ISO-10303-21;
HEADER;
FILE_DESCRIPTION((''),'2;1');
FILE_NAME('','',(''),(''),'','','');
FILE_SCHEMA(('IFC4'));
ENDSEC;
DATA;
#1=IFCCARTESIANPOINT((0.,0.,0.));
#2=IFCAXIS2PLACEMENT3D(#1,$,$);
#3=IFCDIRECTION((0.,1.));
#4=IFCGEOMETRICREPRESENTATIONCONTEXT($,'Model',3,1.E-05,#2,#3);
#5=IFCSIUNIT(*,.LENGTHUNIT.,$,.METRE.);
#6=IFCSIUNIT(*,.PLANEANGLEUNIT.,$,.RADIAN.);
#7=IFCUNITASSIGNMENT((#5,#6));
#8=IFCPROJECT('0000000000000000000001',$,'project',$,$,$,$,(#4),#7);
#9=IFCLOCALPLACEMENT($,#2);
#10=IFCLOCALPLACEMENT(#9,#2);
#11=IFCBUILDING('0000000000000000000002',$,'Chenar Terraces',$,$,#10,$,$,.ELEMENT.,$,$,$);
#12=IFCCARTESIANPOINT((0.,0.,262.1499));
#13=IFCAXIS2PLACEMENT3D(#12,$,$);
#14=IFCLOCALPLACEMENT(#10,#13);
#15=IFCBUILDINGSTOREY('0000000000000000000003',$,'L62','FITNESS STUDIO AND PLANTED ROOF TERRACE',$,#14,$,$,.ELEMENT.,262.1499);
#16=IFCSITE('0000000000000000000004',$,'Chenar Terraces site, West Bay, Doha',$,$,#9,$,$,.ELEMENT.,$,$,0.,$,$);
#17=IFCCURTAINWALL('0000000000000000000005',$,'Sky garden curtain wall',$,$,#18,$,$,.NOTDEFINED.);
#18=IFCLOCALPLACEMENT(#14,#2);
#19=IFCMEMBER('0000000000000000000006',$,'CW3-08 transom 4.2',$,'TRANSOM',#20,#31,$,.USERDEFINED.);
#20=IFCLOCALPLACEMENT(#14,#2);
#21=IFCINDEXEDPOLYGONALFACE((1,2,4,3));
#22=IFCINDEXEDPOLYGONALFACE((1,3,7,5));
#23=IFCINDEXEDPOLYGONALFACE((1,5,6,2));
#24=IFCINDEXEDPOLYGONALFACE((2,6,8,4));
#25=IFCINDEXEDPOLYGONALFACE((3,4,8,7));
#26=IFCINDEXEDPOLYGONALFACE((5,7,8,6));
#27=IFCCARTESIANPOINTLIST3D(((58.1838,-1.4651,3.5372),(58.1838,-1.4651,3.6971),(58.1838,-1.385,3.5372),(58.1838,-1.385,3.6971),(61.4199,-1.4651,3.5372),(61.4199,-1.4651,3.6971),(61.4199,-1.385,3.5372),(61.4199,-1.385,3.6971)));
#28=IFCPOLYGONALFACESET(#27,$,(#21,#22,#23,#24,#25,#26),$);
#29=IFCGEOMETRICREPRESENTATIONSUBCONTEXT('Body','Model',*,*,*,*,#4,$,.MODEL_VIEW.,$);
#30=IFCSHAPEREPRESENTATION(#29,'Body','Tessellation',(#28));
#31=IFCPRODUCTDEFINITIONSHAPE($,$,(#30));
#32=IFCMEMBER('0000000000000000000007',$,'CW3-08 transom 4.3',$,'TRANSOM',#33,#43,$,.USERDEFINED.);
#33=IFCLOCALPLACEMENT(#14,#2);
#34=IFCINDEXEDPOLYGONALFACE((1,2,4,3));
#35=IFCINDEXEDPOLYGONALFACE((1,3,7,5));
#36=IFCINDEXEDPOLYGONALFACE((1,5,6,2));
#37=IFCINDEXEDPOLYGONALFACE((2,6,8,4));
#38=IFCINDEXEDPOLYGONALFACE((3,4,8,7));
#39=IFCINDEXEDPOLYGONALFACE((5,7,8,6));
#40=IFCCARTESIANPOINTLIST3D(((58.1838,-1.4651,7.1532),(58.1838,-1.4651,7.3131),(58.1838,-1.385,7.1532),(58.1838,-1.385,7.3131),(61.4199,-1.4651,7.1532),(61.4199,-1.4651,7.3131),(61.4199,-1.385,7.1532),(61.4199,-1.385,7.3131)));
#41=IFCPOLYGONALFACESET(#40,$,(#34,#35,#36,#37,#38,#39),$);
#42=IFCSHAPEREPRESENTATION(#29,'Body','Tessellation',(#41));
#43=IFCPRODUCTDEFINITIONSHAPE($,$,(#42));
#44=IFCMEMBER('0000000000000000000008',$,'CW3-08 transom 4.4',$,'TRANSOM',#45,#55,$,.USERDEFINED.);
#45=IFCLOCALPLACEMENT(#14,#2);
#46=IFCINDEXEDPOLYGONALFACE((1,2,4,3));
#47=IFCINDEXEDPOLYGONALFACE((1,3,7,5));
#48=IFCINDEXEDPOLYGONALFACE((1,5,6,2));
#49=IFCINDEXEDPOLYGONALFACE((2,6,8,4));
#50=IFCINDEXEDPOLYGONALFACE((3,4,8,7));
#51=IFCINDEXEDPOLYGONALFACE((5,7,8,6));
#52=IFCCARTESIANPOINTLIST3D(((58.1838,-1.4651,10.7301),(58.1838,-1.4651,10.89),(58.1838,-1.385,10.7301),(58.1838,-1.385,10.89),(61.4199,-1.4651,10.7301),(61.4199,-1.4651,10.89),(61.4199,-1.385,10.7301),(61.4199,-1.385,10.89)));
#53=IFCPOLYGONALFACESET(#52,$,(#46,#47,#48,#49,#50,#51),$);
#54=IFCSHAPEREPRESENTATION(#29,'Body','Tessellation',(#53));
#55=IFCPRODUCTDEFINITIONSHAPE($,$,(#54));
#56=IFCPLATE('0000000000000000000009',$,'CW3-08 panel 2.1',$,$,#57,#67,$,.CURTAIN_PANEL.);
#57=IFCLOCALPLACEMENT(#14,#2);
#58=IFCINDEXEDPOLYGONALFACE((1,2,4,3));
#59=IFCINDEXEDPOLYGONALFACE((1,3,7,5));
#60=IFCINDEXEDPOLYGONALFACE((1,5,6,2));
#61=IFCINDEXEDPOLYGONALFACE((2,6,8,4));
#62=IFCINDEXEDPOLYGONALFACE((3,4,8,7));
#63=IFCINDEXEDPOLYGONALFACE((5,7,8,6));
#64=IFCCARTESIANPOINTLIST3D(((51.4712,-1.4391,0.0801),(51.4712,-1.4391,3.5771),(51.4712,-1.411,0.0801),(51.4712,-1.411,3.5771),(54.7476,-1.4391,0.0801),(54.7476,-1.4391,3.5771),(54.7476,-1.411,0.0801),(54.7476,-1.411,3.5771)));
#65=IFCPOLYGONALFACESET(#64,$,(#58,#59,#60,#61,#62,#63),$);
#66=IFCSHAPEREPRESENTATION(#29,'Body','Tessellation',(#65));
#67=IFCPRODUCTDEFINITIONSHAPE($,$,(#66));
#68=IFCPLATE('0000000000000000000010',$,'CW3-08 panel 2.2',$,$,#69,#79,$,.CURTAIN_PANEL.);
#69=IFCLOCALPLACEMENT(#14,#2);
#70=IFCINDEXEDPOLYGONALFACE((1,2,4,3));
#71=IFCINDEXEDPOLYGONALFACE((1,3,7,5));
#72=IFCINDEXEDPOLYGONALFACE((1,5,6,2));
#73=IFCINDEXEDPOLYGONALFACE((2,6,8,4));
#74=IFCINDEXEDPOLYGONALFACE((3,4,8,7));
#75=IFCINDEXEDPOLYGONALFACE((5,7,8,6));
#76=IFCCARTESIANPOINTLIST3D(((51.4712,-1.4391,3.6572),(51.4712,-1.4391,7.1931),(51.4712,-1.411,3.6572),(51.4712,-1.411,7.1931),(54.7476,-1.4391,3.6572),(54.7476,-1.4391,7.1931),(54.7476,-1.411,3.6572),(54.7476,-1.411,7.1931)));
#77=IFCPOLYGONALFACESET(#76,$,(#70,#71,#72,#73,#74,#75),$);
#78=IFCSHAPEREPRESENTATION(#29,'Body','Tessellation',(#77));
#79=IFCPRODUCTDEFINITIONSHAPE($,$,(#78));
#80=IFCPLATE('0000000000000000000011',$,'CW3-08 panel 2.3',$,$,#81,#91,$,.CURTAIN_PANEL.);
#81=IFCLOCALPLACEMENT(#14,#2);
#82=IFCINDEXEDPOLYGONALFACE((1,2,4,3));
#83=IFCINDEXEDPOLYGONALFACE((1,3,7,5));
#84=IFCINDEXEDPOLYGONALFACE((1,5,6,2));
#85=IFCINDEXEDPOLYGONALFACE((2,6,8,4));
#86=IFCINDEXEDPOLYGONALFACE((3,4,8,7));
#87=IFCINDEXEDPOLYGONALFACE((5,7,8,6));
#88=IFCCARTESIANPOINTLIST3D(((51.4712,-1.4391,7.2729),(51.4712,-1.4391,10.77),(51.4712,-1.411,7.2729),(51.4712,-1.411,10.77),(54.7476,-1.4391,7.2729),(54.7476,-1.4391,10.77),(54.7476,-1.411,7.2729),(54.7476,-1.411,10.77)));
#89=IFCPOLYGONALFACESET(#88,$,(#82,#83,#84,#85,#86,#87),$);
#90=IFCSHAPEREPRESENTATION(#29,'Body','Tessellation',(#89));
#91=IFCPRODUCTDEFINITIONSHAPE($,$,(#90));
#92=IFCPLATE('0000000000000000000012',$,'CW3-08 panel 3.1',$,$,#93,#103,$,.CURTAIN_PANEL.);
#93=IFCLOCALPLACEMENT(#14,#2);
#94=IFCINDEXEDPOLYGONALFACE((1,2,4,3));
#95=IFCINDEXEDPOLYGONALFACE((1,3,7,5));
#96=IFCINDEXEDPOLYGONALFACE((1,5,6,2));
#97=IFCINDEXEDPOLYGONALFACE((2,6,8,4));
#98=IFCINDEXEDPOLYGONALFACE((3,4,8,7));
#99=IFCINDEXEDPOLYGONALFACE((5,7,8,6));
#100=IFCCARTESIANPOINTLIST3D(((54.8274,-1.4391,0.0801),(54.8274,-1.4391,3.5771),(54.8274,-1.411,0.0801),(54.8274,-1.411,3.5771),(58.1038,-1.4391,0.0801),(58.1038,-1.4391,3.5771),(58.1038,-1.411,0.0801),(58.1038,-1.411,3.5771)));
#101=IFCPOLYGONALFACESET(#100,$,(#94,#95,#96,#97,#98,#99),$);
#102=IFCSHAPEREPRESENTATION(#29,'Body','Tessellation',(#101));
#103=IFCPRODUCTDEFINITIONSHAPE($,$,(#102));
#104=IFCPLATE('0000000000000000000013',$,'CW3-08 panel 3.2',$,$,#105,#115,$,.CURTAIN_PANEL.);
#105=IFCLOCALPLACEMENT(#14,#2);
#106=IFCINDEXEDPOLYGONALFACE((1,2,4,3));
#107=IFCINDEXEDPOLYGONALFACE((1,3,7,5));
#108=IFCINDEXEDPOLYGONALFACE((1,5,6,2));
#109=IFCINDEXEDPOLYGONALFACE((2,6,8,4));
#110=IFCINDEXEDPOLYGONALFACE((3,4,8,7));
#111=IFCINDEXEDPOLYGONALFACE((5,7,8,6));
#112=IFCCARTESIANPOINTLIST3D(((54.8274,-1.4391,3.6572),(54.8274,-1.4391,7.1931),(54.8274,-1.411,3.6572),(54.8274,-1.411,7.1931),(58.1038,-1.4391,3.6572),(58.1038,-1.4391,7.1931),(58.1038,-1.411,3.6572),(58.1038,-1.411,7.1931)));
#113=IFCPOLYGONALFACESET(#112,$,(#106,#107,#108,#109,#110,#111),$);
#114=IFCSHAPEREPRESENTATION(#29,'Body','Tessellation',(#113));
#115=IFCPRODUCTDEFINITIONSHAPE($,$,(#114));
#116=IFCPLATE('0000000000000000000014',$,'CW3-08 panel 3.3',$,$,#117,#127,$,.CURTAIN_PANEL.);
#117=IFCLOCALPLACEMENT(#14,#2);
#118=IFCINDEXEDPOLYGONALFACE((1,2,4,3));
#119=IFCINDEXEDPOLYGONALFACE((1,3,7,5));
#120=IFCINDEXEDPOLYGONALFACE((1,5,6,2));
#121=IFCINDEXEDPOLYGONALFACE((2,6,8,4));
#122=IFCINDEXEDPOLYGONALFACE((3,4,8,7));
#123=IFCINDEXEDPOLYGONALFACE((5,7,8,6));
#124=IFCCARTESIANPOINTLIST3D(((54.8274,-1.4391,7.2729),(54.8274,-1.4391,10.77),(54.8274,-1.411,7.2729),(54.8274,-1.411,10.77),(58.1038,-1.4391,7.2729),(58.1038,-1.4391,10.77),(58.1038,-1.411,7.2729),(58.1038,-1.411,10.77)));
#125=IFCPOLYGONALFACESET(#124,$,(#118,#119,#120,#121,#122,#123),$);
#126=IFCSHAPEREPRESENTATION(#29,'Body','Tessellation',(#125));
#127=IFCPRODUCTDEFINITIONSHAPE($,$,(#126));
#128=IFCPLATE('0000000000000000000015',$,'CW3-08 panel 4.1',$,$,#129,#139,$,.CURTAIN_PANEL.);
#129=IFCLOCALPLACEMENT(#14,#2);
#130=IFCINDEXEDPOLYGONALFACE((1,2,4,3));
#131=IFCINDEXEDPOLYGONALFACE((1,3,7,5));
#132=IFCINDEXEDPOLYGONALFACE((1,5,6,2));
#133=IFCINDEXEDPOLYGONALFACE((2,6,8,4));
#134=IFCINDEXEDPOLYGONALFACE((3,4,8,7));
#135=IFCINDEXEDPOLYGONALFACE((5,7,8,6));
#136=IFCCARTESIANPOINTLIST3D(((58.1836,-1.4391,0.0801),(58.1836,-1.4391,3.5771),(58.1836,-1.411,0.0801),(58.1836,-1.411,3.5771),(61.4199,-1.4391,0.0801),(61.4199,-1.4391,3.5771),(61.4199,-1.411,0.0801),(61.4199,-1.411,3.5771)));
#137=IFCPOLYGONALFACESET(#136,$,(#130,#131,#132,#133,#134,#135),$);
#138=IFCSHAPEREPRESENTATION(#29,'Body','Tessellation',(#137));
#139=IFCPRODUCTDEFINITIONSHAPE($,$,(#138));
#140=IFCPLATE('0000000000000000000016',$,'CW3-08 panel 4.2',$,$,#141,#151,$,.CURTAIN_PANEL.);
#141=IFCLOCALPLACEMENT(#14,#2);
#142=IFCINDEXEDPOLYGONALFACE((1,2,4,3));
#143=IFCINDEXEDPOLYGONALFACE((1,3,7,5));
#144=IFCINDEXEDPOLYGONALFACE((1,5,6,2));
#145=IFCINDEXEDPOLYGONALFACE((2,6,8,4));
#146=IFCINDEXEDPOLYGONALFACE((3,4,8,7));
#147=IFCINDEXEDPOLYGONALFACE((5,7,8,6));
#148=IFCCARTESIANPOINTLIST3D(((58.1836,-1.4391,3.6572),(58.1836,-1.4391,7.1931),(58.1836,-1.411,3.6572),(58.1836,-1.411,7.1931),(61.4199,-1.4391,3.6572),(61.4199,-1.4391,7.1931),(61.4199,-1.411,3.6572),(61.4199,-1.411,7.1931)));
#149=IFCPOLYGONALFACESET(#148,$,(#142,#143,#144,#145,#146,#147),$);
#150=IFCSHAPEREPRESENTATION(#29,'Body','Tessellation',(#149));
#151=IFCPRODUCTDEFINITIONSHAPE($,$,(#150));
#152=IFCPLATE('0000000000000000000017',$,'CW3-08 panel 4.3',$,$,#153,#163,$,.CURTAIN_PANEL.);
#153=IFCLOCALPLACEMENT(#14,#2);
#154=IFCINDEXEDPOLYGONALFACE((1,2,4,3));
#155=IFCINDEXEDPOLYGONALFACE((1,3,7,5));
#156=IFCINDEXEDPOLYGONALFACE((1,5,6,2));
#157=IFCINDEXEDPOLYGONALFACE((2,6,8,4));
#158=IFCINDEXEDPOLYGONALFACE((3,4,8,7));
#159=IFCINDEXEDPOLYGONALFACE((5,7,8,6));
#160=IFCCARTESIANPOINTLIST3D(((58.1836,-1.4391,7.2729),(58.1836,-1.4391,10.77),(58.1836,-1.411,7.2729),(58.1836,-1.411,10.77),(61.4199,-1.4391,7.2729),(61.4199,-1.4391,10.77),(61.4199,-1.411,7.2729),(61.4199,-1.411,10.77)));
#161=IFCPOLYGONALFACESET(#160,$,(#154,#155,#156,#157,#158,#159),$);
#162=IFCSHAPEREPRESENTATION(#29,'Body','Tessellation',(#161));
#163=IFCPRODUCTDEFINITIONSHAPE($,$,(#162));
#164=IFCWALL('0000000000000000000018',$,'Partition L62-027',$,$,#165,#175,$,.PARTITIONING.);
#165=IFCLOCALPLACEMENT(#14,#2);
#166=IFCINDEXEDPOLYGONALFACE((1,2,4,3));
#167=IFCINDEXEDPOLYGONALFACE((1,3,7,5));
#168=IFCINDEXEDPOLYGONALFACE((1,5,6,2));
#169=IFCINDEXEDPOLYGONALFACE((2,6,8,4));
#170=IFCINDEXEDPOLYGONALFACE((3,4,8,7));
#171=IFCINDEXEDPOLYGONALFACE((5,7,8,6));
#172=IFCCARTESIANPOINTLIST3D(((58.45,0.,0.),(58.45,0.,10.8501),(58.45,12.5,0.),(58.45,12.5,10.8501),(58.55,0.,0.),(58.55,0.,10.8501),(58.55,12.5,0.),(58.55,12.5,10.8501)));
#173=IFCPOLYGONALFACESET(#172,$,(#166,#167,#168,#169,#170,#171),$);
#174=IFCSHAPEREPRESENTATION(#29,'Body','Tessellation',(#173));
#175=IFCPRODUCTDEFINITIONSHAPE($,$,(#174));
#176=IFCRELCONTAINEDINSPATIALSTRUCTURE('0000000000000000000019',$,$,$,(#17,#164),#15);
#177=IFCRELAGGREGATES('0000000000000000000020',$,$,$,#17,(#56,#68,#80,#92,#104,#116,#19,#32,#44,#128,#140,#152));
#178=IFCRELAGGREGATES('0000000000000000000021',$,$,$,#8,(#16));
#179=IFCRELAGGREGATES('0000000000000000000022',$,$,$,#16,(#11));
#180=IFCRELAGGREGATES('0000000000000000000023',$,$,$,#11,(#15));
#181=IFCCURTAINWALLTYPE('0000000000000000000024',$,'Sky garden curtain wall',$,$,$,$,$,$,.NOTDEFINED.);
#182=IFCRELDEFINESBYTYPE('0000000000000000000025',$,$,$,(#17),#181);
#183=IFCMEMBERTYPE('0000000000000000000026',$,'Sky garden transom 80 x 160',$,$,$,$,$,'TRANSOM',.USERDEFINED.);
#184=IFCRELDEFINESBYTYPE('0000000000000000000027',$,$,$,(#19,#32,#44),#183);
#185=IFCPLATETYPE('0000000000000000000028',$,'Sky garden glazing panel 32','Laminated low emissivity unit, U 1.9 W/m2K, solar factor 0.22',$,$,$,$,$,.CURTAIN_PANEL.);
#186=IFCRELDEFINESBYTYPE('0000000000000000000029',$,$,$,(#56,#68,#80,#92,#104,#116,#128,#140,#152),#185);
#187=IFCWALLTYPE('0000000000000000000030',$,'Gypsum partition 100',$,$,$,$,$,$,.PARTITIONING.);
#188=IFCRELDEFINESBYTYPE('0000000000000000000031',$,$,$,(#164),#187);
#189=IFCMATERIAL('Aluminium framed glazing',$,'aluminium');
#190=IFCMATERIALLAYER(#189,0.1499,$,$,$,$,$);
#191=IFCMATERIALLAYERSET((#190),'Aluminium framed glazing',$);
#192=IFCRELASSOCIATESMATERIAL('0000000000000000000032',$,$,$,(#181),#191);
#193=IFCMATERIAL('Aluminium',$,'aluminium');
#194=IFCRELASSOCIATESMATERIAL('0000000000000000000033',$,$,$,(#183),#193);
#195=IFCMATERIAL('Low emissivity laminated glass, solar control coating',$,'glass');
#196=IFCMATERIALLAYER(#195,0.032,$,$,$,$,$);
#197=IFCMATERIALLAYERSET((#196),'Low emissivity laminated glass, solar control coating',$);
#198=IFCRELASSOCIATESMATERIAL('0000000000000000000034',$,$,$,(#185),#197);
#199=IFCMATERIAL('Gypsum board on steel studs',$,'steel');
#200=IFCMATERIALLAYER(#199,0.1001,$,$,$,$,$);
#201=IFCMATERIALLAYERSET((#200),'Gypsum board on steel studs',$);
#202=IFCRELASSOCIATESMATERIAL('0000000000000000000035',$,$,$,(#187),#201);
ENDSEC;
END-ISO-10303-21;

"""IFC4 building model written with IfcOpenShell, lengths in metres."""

from ifc_helpers import new_model, si_unit, direction, frame, frame_2d, origin, origin_2d, place, context, subcontext, project, spatial, rectangle, extrude, material, layer, layer_set, material_profile, profile_set, type_object, element, aggregate, save


model = new_model("IFC4")

# Units and contexts
model_context = context("Model", 3, precision=1e-05, world=origin(), true_north=direction((0.0, 1.0)))
body_context = subcontext(model_context, "Body", "Model", "MODEL_VIEW")
ifc_project = project(units=[si_unit("LENGTHUNIT", "METRE"), si_unit("PLANEANGLEUNIT", "RADIAN")], contexts=[model_context])

# Site, building, storey
site_placement = place(None, origin())
site = spatial("IfcSite", under=ifc_project, at=site_placement, Name="Chenar Terraces site, West Bay, Doha", CompositionType="ELEMENT", RefElevation=0.0)
building_placement = place(site_placement, origin())
building = spatial("IfcBuilding", under=site, at=building_placement, Name="Chenar Terraces", CompositionType="ELEMENT")
storey_placement = place(building_placement, frame((0.0, 0.0, 262.1499)))
storey = spatial("IfcBuildingStorey", under=building, at=storey_placement, Name="L62", Description="FITNESS STUDIO AND PLANTED ROOF TERRACE", CompositionType="ELEMENT", Elevation=262.1499)

# Curtain wall, members, plates
ifc_material_1 = material(Name="Aluminium framed glazing", Category="aluminium")
ifc_layer_1 = layer(ifc_material_1, 0.1499)
ifc_layer_set_1 = layer_set([ifc_layer_1], Name="Aluminium framed glazing")
curtain_wall_type = type_object("IfcCurtainWallType", Name="Sky garden curtain wall", PredefinedType="NOTDEFINED", material=ifc_layer_set_1)
curtain_wall_placement = place(storey_placement, origin())
curtain_wall = element("IfcCurtainWall", 1, at=curtain_wall_placement, inside=storey, type_object=curtain_wall_type, Name="Sky garden curtain wall", PredefinedType="NOTDEFINED")
ifc_material_2 = material(Name="Aluminium", Category="aluminium")
ifc_material_profile_1 = material_profile(ifc_material_2, rectangle(XDim=0.0801, YDim=0.1599, at=origin_2d()), Name="Sky garden transom 80 x 160")
ifc_profile_set_1 = profile_set([ifc_material_profile_1], Name="Aluminium")
member_type_1 = type_object("IfcMemberType", Name="Sky garden transom 80 x 160", ElementType="TRANSOM", PredefinedType="USERDEFINED", material=ifc_profile_set_1)
member_1_placement = place(storey_placement, frame((58.1838, -1.425, 3.6172), z_axis=(1.0, 0.0, 0.0), x_axis=(0.0, 1.0, 0.0)))
member_1 = element("IfcMember", 2, at=member_1_placement, type_object=member_type_1, Name="CW3-08 transom 4.2", ObjectType="TRANSOM", PredefinedType="USERDEFINED", context=body_context, shape_type="SweptSolid", body=[
    extrude(rectangle(XDim=0.0801, YDim=0.1599, at=origin_2d()), origin(), (0.0, 0.0, 1.0), 3.2361),
])
member_2_placement = place(storey_placement, frame((58.1838, -1.425, 7.2332), z_axis=(1.0, 0.0, 0.0), x_axis=(0.0, 1.0, 0.0)))
member_2 = element("IfcMember", 3, at=member_2_placement, type_object=member_type_1, Name="CW3-08 transom 4.3", ObjectType="TRANSOM", PredefinedType="USERDEFINED", context=body_context, shape_type="SweptSolid", body=[
    extrude(rectangle(XDim=0.0801, YDim=0.1599, at=origin_2d()), origin(), (0.0, 0.0, 1.0), 3.2361),
])
member_3_placement = place(storey_placement, frame((58.1838, -1.425, 10.8101), z_axis=(1.0, 0.0, 0.0), x_axis=(0.0, 1.0, 0.0)))
member_3 = element("IfcMember", 4, at=member_3_placement, type_object=member_type_1, Name="CW3-08 transom 4.4", ObjectType="TRANSOM", PredefinedType="USERDEFINED", context=body_context, shape_type="SweptSolid", body=[
    extrude(rectangle(XDim=0.0801, YDim=0.1599, at=origin_2d()), origin(), (0.0, 0.0, 1.0), 3.2361),
])
ifc_material_3 = material(Name="Low emissivity laminated glass, solar control coating", Category="glass")
ifc_layer_2 = layer(ifc_material_3, 0.032)
ifc_layer_set_2 = layer_set([ifc_layer_2], Name="Low emissivity laminated glass, solar control coating")
plate_type = type_object("IfcPlateType", Name="Sky garden glazing panel 32", Description="Laminated low emissivity unit, U 1.9 W/m2K, solar factor 0.22", PredefinedType="CURTAIN_PANEL", material=ifc_layer_set_2)
plate_1_placement = place(storey_placement, frame((53.1094, -1.425, 0.0801), z_axis=(0.0, 0.0, 1.0), x_axis=(1.0, 0.0, 0.0)))
plate_1 = element("IfcPlate", 5, at=plate_1_placement, type_object=plate_type, Name="CW3-08 panel 2.1", PredefinedType="CURTAIN_PANEL", context=body_context, shape_type="SweptSolid", body=[
    extrude(rectangle(XDim=3.2764, YDim=0.0281, at=origin_2d()), origin(), (0.0, 0.0, 1.0), 3.4971),
])
plate_2_placement = place(storey_placement, frame((53.1094, -1.425, 3.6572), z_axis=(0.0, 0.0, 1.0), x_axis=(1.0, 0.0, 0.0)))
plate_2 = element("IfcPlate", 6, at=plate_2_placement, type_object=plate_type, Name="CW3-08 panel 2.2", PredefinedType="CURTAIN_PANEL", context=body_context, shape_type="SweptSolid", body=[
    extrude(rectangle(XDim=3.2764, YDim=0.0281, at=origin_2d()), origin(), (0.0, 0.0, 1.0), 3.5359),
])
plate_3_placement = place(storey_placement, frame((53.1094, -1.425, 7.2729), z_axis=(0.0, 0.0, 1.0), x_axis=(1.0, 0.0, 0.0)))
plate_3 = element("IfcPlate", 7, at=plate_3_placement, type_object=plate_type, Name="CW3-08 panel 2.3", PredefinedType="CURTAIN_PANEL", context=body_context, shape_type="SweptSolid", body=[
    extrude(rectangle(XDim=3.2764, YDim=0.0281, at=origin_2d()), origin(), (0.0, 0.0, 1.0), 3.4971),
])
plate_4_placement = place(storey_placement, frame((56.4656, -1.425, 0.0801), z_axis=(0.0, 0.0, 1.0), x_axis=(1.0, 0.0, 0.0)))
plate_4 = element("IfcPlate", 8, at=plate_4_placement, type_object=plate_type, Name="CW3-08 panel 3.1", PredefinedType="CURTAIN_PANEL", context=body_context, shape_type="SweptSolid", body=[
    extrude(rectangle(XDim=3.2764, YDim=0.0281, at=origin_2d()), origin(), (0.0, 0.0, 1.0), 3.4971),
])
plate_5_placement = place(storey_placement, frame((56.4656, -1.425, 3.6572), z_axis=(0.0, 0.0, 1.0), x_axis=(1.0, 0.0, 0.0)))
plate_5 = element("IfcPlate", 9, at=plate_5_placement, type_object=plate_type, Name="CW3-08 panel 3.2", PredefinedType="CURTAIN_PANEL", context=body_context, shape_type="SweptSolid", body=[
    extrude(rectangle(XDim=3.2764, YDim=0.0281, at=origin_2d()), origin(), (0.0, 0.0, 1.0), 3.5359),
])
plate_6_placement = place(storey_placement, frame((56.4656, -1.425, 7.2729), z_axis=(0.0, 0.0, 1.0), x_axis=(1.0, 0.0, 0.0)))
plate_6 = element("IfcPlate", 10, at=plate_6_placement, type_object=plate_type, Name="CW3-08 panel 3.3", PredefinedType="CURTAIN_PANEL", context=body_context, shape_type="SweptSolid", body=[
    extrude(rectangle(XDim=3.2764, YDim=0.0281, at=origin_2d()), origin(), (0.0, 0.0, 1.0), 3.4971),
])
plate_7_placement = place(storey_placement, frame((59.8018, -1.425, 0.0801), z_axis=(0.0, 0.0, 1.0), x_axis=(1.0, 0.0, 0.0)))
plate_7 = element("IfcPlate", 11, at=plate_7_placement, type_object=plate_type, Name="CW3-08 panel 4.1", PredefinedType="CURTAIN_PANEL", context=body_context, shape_type="SweptSolid", body=[
    extrude(rectangle(XDim=3.2363, YDim=0.0281, at=origin_2d()), origin(), (0.0, 0.0, 1.0), 3.4971),
])
plate_8_placement = place(storey_placement, frame((59.8018, -1.425, 3.6572), z_axis=(0.0, 0.0, 1.0), x_axis=(1.0, 0.0, 0.0)))
plate_8 = element("IfcPlate", 12, at=plate_8_placement, type_object=plate_type, Name="CW3-08 panel 4.2", PredefinedType="CURTAIN_PANEL", context=body_context, shape_type="SweptSolid", body=[
    extrude(rectangle(XDim=3.2363, YDim=0.0281, at=origin_2d()), origin(), (0.0, 0.0, 1.0), 3.5359),
])
plate_9_placement = place(storey_placement, frame((59.8018, -1.425, 7.2729), z_axis=(0.0, 0.0, 1.0), x_axis=(1.0, 0.0, 0.0)))
plate_9 = element("IfcPlate", 13, at=plate_9_placement, type_object=plate_type, Name="CW3-08 panel 4.3", PredefinedType="CURTAIN_PANEL", context=body_context, shape_type="SweptSolid", body=[
    extrude(rectangle(XDim=3.2363, YDim=0.0281, at=origin_2d()), origin(), (0.0, 0.0, 1.0), 3.4971),
])
aggregate(curtain_wall, [plate_1, plate_2, plate_3, plate_4, plate_5, plate_6, member_1, member_2, member_3, plate_7, plate_8, plate_9])

# Wall
ifc_material_4 = material(Name="Gypsum board on steel studs", Category="steel")
ifc_layer_3 = layer(ifc_material_4, 0.1001)
ifc_layer_set_3 = layer_set([ifc_layer_3], Name="Gypsum board on steel studs")
wall_type_1 = type_object("IfcWallType", Name="Gypsum partition 100", PredefinedType="PARTITIONING", material=ifc_layer_set_3)
wall_1_placement = place(storey_placement, frame((58.5, 0.0, 0.0), z_axis=(0.0, 0.0, 1.0), x_axis=(0.0, 1.0, 0.0)))
element("IfcWall", 14, at=wall_1_placement, inside=storey, type_object=wall_type_1, Name="Partition L62-027", PredefinedType="PARTITIONING", context=body_context, shape_type="SweptSolid", body=[
    extrude(rectangle(XDim=12.5, YDim=0.1001, at=frame_2d((6.25, 0.0))), origin(), (0.0, 0.0, 1.0), 10.8501),
])

save(model, "model.ifc")
